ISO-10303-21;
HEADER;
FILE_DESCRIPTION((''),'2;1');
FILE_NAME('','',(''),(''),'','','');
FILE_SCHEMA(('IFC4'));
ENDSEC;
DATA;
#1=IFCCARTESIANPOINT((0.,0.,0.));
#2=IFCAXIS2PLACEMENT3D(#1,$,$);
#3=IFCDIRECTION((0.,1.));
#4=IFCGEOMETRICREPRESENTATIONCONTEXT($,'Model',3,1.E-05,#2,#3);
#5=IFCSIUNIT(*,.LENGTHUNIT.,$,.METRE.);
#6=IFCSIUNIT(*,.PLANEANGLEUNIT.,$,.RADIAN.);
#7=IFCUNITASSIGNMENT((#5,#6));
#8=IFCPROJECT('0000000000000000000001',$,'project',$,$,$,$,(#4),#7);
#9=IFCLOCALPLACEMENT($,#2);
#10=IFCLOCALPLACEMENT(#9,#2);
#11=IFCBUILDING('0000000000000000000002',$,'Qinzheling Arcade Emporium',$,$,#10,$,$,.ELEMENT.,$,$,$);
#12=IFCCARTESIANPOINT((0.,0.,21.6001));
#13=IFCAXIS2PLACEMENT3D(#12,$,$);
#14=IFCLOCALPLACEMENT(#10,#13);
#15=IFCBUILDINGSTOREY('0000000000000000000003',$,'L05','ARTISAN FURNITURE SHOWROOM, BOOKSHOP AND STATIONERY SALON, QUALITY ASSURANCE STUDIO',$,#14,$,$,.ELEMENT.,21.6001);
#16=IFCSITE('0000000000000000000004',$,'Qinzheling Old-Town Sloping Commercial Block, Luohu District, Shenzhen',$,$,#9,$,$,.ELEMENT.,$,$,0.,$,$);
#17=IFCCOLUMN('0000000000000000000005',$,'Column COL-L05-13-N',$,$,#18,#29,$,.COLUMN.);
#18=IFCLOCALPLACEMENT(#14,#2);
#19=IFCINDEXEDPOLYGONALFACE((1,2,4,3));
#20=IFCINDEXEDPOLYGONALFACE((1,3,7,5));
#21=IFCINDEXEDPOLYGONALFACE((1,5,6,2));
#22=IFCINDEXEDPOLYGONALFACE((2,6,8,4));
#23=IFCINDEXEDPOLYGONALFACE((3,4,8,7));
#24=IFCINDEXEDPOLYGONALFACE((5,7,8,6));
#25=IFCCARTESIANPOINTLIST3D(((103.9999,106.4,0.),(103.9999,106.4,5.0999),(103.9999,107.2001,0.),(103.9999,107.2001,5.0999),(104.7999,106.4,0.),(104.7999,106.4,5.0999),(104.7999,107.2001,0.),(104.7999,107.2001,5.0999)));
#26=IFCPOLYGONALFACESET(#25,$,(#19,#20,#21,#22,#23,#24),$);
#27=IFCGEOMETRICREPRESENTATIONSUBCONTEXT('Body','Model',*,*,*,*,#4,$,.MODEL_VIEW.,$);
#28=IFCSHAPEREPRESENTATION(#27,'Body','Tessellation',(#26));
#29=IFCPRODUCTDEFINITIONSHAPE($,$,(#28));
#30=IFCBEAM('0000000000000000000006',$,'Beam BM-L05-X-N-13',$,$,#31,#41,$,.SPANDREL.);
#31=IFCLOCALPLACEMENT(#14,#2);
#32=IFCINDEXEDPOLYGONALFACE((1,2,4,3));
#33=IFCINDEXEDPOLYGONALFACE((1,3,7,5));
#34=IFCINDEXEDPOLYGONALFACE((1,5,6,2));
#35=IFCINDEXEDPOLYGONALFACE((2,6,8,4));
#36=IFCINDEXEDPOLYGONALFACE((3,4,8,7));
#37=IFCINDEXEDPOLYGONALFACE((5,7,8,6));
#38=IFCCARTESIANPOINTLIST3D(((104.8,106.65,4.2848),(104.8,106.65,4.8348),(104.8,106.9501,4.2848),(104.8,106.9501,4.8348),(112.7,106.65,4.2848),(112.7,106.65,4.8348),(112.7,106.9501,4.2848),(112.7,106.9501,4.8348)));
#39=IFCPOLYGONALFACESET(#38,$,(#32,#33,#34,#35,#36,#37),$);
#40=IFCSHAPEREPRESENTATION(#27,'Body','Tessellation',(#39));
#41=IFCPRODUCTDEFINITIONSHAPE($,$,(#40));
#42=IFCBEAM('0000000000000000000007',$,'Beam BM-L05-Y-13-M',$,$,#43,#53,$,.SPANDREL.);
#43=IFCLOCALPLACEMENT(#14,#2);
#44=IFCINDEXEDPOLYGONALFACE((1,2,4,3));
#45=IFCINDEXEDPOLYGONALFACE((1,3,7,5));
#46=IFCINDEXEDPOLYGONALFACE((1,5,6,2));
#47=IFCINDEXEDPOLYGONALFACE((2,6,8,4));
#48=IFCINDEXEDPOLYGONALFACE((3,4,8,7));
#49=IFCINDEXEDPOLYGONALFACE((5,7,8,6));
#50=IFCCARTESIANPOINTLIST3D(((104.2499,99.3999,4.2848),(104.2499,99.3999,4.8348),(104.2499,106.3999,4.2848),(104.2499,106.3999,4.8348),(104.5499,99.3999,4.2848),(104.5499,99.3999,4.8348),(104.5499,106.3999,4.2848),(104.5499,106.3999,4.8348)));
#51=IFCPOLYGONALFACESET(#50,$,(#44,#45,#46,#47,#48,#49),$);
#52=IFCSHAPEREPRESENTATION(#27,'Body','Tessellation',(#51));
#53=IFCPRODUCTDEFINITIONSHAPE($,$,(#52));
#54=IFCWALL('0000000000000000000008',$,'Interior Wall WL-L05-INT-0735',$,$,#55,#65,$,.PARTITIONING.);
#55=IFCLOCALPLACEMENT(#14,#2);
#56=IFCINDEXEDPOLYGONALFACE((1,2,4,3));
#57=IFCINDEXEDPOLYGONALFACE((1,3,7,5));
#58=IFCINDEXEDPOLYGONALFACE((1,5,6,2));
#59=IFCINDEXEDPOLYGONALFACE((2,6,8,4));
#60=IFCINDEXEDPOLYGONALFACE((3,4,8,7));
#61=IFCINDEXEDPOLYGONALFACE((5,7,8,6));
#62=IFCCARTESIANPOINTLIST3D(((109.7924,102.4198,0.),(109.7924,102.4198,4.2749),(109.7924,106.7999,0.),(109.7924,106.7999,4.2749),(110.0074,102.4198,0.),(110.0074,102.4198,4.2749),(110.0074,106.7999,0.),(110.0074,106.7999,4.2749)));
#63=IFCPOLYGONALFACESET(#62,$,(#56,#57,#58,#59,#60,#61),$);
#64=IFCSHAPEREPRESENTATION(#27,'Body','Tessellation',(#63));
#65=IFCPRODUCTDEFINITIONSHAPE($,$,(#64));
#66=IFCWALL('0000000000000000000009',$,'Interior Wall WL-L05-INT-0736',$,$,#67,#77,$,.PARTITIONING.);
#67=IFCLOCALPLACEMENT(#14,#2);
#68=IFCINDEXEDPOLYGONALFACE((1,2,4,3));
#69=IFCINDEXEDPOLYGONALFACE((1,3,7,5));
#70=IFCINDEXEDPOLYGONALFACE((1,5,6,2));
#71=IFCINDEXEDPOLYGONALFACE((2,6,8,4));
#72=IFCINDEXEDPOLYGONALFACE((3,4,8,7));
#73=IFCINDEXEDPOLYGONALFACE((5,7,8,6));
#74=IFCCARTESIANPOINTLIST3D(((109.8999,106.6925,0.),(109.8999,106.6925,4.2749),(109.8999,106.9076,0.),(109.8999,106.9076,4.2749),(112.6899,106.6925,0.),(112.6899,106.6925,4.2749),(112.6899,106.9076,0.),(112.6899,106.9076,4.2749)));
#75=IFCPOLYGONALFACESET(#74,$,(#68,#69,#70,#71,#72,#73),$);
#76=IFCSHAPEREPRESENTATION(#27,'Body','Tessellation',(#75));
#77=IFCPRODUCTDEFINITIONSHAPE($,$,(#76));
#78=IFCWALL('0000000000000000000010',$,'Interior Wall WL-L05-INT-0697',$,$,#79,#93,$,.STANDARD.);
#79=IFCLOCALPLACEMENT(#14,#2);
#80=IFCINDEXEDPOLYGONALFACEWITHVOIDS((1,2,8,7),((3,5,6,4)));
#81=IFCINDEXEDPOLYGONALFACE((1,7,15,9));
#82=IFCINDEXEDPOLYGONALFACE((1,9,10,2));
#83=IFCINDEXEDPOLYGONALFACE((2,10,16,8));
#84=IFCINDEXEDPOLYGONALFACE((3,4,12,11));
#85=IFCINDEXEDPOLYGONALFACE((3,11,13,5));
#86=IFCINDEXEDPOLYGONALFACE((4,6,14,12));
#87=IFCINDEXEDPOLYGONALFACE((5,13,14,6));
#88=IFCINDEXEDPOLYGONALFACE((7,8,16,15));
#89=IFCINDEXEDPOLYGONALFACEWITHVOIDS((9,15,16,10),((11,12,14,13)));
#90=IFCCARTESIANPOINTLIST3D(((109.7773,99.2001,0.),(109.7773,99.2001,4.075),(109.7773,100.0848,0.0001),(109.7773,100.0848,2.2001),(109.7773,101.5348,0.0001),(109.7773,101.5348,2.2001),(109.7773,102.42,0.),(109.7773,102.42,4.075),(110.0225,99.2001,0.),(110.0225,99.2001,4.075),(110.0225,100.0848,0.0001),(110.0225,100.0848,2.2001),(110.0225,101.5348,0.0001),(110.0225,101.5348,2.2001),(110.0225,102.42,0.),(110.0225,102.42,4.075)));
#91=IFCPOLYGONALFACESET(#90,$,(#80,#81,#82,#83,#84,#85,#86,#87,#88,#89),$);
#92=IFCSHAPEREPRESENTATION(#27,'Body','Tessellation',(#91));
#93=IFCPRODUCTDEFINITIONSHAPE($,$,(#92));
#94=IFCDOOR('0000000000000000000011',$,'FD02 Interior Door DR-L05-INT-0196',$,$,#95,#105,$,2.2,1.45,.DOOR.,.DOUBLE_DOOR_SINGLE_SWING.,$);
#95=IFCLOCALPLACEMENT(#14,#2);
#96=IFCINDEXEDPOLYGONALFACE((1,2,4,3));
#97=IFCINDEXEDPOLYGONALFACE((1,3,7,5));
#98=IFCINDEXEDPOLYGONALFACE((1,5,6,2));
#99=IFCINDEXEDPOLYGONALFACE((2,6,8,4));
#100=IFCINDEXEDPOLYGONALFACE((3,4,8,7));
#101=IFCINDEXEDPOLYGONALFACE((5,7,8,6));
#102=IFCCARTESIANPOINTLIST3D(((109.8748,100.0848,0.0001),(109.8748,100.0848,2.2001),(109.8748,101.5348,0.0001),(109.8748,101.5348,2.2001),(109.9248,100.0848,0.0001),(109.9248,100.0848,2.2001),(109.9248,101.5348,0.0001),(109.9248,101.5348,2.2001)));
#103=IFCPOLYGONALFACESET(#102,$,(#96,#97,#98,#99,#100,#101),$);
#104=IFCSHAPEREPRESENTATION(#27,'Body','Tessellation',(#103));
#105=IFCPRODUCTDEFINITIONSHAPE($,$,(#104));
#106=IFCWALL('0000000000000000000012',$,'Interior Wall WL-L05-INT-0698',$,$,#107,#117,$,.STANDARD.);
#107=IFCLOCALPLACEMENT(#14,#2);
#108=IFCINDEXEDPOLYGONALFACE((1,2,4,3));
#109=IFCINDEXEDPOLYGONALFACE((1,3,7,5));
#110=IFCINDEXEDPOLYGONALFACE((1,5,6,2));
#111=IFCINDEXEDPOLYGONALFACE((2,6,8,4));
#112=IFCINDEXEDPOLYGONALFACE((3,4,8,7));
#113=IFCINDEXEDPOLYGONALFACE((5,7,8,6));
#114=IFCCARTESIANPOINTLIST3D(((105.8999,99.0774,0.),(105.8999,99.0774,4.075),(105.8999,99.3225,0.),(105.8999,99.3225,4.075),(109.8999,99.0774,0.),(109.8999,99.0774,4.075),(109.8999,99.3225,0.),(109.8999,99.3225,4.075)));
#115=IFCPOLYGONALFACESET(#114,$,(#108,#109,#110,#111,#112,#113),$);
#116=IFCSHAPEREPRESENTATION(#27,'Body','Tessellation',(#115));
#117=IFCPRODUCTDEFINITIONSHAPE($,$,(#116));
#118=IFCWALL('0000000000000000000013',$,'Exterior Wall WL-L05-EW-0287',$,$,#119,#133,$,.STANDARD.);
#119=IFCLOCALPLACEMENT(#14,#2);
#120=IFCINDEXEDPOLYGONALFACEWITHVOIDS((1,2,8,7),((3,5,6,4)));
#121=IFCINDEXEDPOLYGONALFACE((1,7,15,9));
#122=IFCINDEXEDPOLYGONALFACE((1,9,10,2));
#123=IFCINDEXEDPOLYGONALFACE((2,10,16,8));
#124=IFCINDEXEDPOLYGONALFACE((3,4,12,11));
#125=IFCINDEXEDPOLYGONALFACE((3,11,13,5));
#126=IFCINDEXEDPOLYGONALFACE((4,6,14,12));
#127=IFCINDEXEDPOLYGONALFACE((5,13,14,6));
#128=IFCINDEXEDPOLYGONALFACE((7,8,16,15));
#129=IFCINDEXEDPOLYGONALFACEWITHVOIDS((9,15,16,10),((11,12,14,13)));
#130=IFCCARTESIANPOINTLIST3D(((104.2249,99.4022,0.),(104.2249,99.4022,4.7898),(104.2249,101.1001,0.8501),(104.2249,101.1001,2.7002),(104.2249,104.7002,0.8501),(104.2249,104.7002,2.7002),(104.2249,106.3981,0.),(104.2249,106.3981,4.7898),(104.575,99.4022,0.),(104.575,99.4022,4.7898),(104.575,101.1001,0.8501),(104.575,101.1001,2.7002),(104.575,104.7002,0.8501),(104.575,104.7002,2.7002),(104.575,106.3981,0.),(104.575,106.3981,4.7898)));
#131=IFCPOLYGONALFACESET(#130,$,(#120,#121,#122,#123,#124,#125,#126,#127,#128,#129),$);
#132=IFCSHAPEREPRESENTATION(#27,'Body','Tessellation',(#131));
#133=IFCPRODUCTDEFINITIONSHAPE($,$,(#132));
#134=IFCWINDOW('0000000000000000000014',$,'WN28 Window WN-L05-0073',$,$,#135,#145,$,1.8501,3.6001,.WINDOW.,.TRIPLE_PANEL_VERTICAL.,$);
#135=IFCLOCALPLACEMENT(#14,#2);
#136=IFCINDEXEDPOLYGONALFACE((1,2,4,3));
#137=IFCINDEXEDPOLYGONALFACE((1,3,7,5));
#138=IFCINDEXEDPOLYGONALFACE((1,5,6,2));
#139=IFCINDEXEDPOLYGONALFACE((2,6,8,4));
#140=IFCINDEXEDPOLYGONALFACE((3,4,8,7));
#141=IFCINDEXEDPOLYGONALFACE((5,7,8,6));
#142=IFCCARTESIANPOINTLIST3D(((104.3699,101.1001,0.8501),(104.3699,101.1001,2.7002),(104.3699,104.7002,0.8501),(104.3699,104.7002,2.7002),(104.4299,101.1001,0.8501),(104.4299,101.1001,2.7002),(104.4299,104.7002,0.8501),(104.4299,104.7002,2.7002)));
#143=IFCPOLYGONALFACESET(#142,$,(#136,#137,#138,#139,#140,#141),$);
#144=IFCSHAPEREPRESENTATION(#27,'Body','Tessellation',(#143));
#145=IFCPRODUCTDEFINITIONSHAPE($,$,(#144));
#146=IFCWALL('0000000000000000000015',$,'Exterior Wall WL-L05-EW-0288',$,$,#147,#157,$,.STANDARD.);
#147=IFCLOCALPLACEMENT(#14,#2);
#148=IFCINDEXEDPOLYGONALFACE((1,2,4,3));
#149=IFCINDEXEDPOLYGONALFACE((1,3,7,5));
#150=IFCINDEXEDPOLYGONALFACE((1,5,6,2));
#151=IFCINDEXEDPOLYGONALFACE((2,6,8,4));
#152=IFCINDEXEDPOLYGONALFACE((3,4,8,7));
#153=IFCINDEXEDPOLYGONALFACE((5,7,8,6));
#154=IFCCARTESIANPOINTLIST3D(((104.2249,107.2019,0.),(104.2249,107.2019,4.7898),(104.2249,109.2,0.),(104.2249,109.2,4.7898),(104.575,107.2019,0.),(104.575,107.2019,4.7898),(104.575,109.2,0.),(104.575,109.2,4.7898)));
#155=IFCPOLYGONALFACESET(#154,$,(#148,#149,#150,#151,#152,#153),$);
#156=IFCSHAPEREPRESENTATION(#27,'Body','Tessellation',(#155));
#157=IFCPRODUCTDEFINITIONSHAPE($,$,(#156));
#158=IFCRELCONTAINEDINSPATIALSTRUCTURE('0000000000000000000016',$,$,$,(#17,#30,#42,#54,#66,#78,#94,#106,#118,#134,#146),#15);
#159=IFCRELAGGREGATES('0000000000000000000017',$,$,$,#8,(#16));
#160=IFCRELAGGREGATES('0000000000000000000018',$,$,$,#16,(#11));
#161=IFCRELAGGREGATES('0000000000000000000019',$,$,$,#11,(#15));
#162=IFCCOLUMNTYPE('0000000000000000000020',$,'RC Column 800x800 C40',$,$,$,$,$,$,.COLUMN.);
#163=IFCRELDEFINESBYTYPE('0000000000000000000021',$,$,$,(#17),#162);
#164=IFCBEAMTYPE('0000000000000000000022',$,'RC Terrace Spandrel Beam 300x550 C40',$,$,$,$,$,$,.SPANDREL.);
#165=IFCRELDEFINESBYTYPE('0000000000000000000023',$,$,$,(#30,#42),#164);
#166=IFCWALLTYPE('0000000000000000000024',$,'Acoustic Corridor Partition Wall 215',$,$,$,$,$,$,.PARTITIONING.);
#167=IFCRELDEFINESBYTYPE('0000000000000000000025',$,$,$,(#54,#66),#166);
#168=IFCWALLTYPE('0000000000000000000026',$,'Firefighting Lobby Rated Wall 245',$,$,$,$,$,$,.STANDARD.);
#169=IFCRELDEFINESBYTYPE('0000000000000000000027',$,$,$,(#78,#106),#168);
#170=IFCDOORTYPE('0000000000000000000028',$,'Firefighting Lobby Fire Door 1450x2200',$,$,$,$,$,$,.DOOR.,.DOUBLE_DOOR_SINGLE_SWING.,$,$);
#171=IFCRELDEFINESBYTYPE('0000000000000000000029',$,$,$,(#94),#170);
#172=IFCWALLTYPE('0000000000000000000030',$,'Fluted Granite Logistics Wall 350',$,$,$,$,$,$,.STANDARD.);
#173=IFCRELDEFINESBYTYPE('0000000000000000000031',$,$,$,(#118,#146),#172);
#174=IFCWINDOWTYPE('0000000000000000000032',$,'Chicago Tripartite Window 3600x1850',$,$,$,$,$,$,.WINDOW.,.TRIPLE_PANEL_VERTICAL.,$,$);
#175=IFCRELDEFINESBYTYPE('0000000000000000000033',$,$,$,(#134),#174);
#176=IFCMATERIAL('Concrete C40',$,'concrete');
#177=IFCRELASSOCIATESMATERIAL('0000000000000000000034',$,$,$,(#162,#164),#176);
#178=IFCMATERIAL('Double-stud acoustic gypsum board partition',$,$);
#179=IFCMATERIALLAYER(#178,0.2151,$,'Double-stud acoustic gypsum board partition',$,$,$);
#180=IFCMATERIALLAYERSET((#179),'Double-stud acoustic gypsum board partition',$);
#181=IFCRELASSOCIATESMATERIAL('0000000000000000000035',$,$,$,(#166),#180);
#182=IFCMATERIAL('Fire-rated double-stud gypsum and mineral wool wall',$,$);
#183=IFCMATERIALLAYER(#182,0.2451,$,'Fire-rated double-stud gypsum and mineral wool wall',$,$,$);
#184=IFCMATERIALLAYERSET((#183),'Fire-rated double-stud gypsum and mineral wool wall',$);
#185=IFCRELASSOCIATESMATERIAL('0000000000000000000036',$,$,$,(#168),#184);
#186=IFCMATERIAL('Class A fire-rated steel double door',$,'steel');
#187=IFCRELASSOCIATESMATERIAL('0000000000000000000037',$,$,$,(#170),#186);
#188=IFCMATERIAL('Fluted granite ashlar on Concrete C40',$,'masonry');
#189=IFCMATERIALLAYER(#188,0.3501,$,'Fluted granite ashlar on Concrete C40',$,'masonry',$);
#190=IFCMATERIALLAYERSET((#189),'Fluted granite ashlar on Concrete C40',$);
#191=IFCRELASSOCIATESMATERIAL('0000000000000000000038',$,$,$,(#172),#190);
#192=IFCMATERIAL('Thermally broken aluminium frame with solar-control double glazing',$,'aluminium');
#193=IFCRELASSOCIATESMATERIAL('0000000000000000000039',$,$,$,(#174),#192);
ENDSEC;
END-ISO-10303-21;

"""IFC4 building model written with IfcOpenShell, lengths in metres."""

from ifc_helpers import new_model, si_unit, direction, frame, frame_2d, origin, origin_2d, place, context, subcontext, project, spatial, rectangle, extrude, material, layer, layer_set, material_profile, profile_set, type_object, element, fill, save


model = new_model("IFC4")

# Units and contexts
model_context = context("Model", 3, precision=1e-05, world=origin(), true_north=direction((0.0, 1.0)))
body_context = subcontext(model_context, "Body", "Model", "MODEL_VIEW")
ifc_project = project(units=[si_unit("LENGTHUNIT", "METRE"), si_unit("PLANEANGLEUNIT", "RADIAN")], contexts=[model_context])

# Site, building, storey
site_placement = place(None, origin())
site = spatial("IfcSite", under=ifc_project, at=site_placement, Name="Qinzheling Old-Town Sloping Commercial Block, Luohu District, Shenzhen", CompositionType="ELEMENT", RefElevation=0.0)
building_placement = place(site_placement, origin())
building = spatial("IfcBuilding", under=site, at=building_placement, Name="Qinzheling Arcade Emporium", CompositionType="ELEMENT")
storey_placement = place(building_placement, frame((0.0, 0.0, 21.6001)))
storey = spatial("IfcBuildingStorey", under=building, at=storey_placement, Name="L05", Description="ARTISAN FURNITURE SHOWROOM, BOOKSHOP AND STATIONERY SALON, QUALITY ASSURANCE STUDIO", CompositionType="ELEMENT", Elevation=21.6001)

# Column
ifc_material_1 = material(Name="Concrete C40", Category="concrete")
ifc_material_profile_1 = material_profile(ifc_material_1, rectangle(XDim=0.8, YDim=0.8, at=origin_2d()), Name="RC 800x800", Category="concrete")
ifc_profile_set_1 = profile_set([ifc_material_profile_1], Name="Concrete C40")
column_type = type_object("IfcColumnType", Name="RC Column 800x800 C40", PredefinedType="COLUMN", material=ifc_profile_set_1)
column_placement = place(storey_placement, frame((104.3999, 106.8, 0.0), z_axis=(0.0, 0.0, 1.0), x_axis=(1.0, 0.0, 0.0)))
element("IfcColumn", 1, at=column_placement, inside=storey, type_object=column_type, Name="Column COL-L05-13-N", PredefinedType="COLUMN", context=body_context, shape_type="SweptSolid", body=[
    extrude(rectangle(XDim=0.8, YDim=0.8, at=origin_2d()), origin(), (0.0, 0.0, 1.0), 5.0999),
])

# Beams
ifc_material_profile_2 = material_profile(ifc_material_1, rectangle(XDim=0.3, YDim=0.55, at=origin_2d()), Name="RC 300x550", Category="concrete")
ifc_profile_set_2 = profile_set([ifc_material_profile_2], Name="Concrete C40")
beam_type = type_object("IfcBeamType", Name="RC Terrace Spandrel Beam 300x550 C40", PredefinedType="SPANDREL", material=ifc_profile_set_2)
beam_1_placement = place(storey_placement, frame((104.8, 106.8, 4.5598), z_axis=(1.0, 0.0, 0.0), x_axis=(0.0, 1.0, 0.0)))
element("IfcBeam", 2, at=beam_1_placement, inside=storey, type_object=beam_type, Name="Beam BM-L05-X-N-13", PredefinedType="SPANDREL", context=body_context, shape_type="SweptSolid", body=[
    extrude(rectangle(XDim=0.3, YDim=0.55, at=origin_2d()), origin(), (0.0, 0.0, 1.0), 7.8999),
])
beam_2_placement = place(storey_placement, frame((104.3999, 99.3999, 4.5598), z_axis=(0.0, 1.0, 0.0), x_axis=(-1.0, 0.0, 0.0)))
element("IfcBeam", 3, at=beam_2_placement, inside=storey, type_object=beam_type, Name="Beam BM-L05-Y-13-M", PredefinedType="SPANDREL", context=body_context, shape_type="SweptSolid", body=[
    extrude(rectangle(XDim=0.3, YDim=0.55, at=origin_2d()), origin(), (0.0, 0.0, 1.0), 7.0),
])

# Walls
ifc_material_2 = material(Name="Double-stud acoustic gypsum board partition")
ifc_layer_1 = layer(ifc_material_2, 0.2151, Name="Double-stud acoustic gypsum board partition")
ifc_layer_set_1 = layer_set([ifc_layer_1], Name="Double-stud acoustic gypsum board partition")
wall_type_1 = type_object("IfcWallType", Name="Acoustic Corridor Partition Wall 215", PredefinedType="PARTITIONING", material=ifc_layer_set_1)
wall_1_placement = place(storey_placement, frame((109.8999, 102.4199, 0.0), z_axis=(0.0, 0.0, 1.0), x_axis=(0.0, 1.0, 0.0)))
element("IfcWall", 4, at=wall_1_placement, inside=storey, type_object=wall_type_1, Name="Interior Wall WL-L05-INT-0735", PredefinedType="PARTITIONING", context=body_context, shape_type="SweptSolid", body=[
    extrude(rectangle(XDim=4.3801, YDim=0.2151, at=frame_2d((2.1899, 0.0))), origin(), (0.0, 0.0, 1.0), 4.2749),
])
wall_2_placement = place(storey_placement, frame((109.8999, 106.8, 0.0), z_axis=(0.0, 0.0, 1.0), x_axis=(1.0, 0.0, 0.0)))
element("IfcWall", 5, at=wall_2_placement, inside=storey, type_object=wall_type_1, Name="Interior Wall WL-L05-INT-0736", PredefinedType="PARTITIONING", context=body_context, shape_type="SweptSolid", body=[
    extrude(rectangle(XDim=2.79, YDim=0.2151, at=frame_2d((1.395, 0.0))), origin(), (0.0, 0.0, 1.0), 4.2749),
])

# Wall, opening, door
ifc_material_3 = material(Name="Fire-rated double-stud gypsum and mineral wool wall")
ifc_layer_2 = layer(ifc_material_3, 0.2451, Name="Fire-rated double-stud gypsum and mineral wool wall")
ifc_layer_set_2 = layer_set([ifc_layer_2], Name="Fire-rated double-stud gypsum and mineral wool wall")
wall_type_2 = type_object("IfcWallType", Name="Firefighting Lobby Rated Wall 245", PredefinedType="STANDARD", material=ifc_layer_set_2)
wall_3_placement = place(storey_placement, frame((109.8999, 102.4199, 0.0), z_axis=(0.0, 0.0, 1.0), x_axis=(0.0, -1.0, 0.0)))
wall_3 = element("IfcWall", 6, at=wall_3_placement, inside=storey, type_object=wall_type_2, Name="Interior Wall WL-L05-INT-0697", PredefinedType="STANDARD", context=body_context, shape_type="SweptSolid", body=[
    extrude(rectangle(XDim=3.22, YDim=0.2451, at=frame_2d((1.6099, 0.0))), origin(), (0.0, 0.0, 1.0), 4.075),
])
opening_1_placement = place(wall_3_placement, frame((0.885, 0.0, 0.0)))
opening_1 = element("IfcOpeningElement", 7, at=opening_1_placement, cuts=wall_3, PredefinedType="OPENING", context=body_context, shape_type="SweptSolid", body=[
    extrude(rectangle(XDim=1.45, YDim=2.2, at=frame_2d((0.7251, 1.1001))), frame((0.0, 0.1326, 0.0), z_axis=(0.0, -1.0, 0.0), x_axis=(1.0, 0.0, 0.0)), (0.0, 0.0, 1.0), 0.2651),
])
ifc_material_4 = material(Name="Class A fire-rated steel double door", Category="steel")
door_type_1 = type_object("IfcDoorType", Name="Firefighting Lobby Fire Door 1450x2200", OperationType="DOUBLE_DOOR_SINGLE_SWING", PredefinedType="DOOR", material=ifc_material_4)
door_1_placement = place(opening_1_placement, origin())
door_1 = element("IfcDoor", 8, at=door_1_placement, inside=storey, type_object=door_type_1, Name="FD02 Interior Door DR-L05-INT-0196", OperationType="DOUBLE_DOOR_SINGLE_SWING", OverallHeight=2.2, OverallWidth=1.45, PredefinedType="DOOR", context=body_context, shape_type="SweptSolid", body=[
    extrude(rectangle(XDim=1.45, YDim=2.2, at=frame_2d((0.7251, 1.1001))), frame((0.0, 0.0249, 0.0), z_axis=(0.0, -1.0, 0.0), x_axis=(1.0, 0.0, 0.0)), (0.0, 0.0, 1.0), 0.05),
])
fill(opening_1, door_1)

# Wall
wall_4_placement = place(storey_placement, frame((109.8999, 99.2, 0.0), z_axis=(0.0, 0.0, 1.0), x_axis=(-1.0, 0.0, 0.0)))
element("IfcWall", 9, at=wall_4_placement, inside=storey, type_object=wall_type_2, Name="Interior Wall WL-L05-INT-0698", PredefinedType="STANDARD", context=body_context, shape_type="SweptSolid", body=[
    extrude(rectangle(XDim=4.0, YDim=0.2451, at=frame_2d((2.0, 0.0))), origin(), (0.0, 0.0, 1.0), 4.075),
])

# Wall, opening, window
ifc_material_5 = material(Name="Fluted granite ashlar on Concrete C40", Category="masonry")
ifc_layer_3 = layer(ifc_material_5, 0.3501, Name="Fluted granite ashlar on Concrete C40", Category="masonry")
ifc_layer_set_3 = layer_set([ifc_layer_3], Name="Fluted granite ashlar on Concrete C40")
wall_type_3 = type_object("IfcWallType", Name="Fluted Granite Logistics Wall 350", PredefinedType="STANDARD", material=ifc_layer_set_3)
wall_5_placement = place(storey_placement, frame((104.3999, 99.4021, 0.0), z_axis=(0.0, 0.0, 1.0), x_axis=(0.0, 1.0, 0.0)))
wall_5 = element("IfcWall", 10, at=wall_5_placement, inside=storey, type_object=wall_type_3, Name="Exterior Wall WL-L05-EW-0287", PredefinedType="STANDARD", context=body_context, shape_type="SweptSolid", body=[
    extrude(rectangle(XDim=6.9958, YDim=0.3501, at=frame_2d((3.498, 0.0))), origin(), (0.0, 0.0, 1.0), 4.7898),
])
opening_2_placement = place(wall_5_placement, frame((1.698, 0.0, 0.8501)))
opening_2 = element("IfcOpeningElement", 11, at=opening_2_placement, cuts=wall_5, PredefinedType="OPENING", context=body_context, shape_type="SweptSolid", body=[
    extrude(rectangle(XDim=3.6001, YDim=1.8501, at=frame_2d((1.8, 0.925))), frame((0.0, 0.1851, 0.0), z_axis=(0.0, -1.0, 0.0), x_axis=(1.0, 0.0, 0.0)), (0.0, 0.0, 1.0), 0.3701),
])
ifc_material_6 = material(Name="Thermally broken aluminium frame with solar-control double glazing", Category="aluminium")
window_type_1 = type_object("IfcWindowType", Name="Chicago Tripartite Window 3600x1850", PartitioningType="TRIPLE_PANEL_VERTICAL", PredefinedType="WINDOW", material=ifc_material_6)
window_1_placement = place(opening_2_placement, origin())
window_1 = element("IfcWindow", 12, at=window_1_placement, inside=storey, type_object=window_type_1, Name="WN28 Window WN-L05-0073", OverallHeight=1.8501, OverallWidth=3.6001, PartitioningType="TRIPLE_PANEL_VERTICAL", PredefinedType="WINDOW", context=body_context, shape_type="SweptSolid", body=[
    extrude(rectangle(XDim=3.6001, YDim=1.8501, at=frame_2d((1.8, 0.925))), frame((0.0, 0.03, 0.0), z_axis=(0.0, -1.0, 0.0), x_axis=(1.0, 0.0, 0.0)), (0.0, 0.0, 1.0), 0.0601),
])
fill(opening_2, window_1)

# Wall
wall_6_placement = place(storey_placement, frame((104.3999, 107.2019, 0.0), z_axis=(0.0, 0.0, 1.0), x_axis=(0.0, 1.0, 0.0)))
element("IfcWall", 13, at=wall_6_placement, inside=storey, type_object=wall_type_3, Name="Exterior Wall WL-L05-EW-0288", PredefinedType="STANDARD", context=body_context, shape_type="SweptSolid", body=[
    extrude(rectangle(XDim=1.998, YDim=0.3501, at=frame_2d((0.999, 0.0))), origin(), (0.0, 0.0, 1.0), 4.7898),
])

save(model, "model.ifc")
